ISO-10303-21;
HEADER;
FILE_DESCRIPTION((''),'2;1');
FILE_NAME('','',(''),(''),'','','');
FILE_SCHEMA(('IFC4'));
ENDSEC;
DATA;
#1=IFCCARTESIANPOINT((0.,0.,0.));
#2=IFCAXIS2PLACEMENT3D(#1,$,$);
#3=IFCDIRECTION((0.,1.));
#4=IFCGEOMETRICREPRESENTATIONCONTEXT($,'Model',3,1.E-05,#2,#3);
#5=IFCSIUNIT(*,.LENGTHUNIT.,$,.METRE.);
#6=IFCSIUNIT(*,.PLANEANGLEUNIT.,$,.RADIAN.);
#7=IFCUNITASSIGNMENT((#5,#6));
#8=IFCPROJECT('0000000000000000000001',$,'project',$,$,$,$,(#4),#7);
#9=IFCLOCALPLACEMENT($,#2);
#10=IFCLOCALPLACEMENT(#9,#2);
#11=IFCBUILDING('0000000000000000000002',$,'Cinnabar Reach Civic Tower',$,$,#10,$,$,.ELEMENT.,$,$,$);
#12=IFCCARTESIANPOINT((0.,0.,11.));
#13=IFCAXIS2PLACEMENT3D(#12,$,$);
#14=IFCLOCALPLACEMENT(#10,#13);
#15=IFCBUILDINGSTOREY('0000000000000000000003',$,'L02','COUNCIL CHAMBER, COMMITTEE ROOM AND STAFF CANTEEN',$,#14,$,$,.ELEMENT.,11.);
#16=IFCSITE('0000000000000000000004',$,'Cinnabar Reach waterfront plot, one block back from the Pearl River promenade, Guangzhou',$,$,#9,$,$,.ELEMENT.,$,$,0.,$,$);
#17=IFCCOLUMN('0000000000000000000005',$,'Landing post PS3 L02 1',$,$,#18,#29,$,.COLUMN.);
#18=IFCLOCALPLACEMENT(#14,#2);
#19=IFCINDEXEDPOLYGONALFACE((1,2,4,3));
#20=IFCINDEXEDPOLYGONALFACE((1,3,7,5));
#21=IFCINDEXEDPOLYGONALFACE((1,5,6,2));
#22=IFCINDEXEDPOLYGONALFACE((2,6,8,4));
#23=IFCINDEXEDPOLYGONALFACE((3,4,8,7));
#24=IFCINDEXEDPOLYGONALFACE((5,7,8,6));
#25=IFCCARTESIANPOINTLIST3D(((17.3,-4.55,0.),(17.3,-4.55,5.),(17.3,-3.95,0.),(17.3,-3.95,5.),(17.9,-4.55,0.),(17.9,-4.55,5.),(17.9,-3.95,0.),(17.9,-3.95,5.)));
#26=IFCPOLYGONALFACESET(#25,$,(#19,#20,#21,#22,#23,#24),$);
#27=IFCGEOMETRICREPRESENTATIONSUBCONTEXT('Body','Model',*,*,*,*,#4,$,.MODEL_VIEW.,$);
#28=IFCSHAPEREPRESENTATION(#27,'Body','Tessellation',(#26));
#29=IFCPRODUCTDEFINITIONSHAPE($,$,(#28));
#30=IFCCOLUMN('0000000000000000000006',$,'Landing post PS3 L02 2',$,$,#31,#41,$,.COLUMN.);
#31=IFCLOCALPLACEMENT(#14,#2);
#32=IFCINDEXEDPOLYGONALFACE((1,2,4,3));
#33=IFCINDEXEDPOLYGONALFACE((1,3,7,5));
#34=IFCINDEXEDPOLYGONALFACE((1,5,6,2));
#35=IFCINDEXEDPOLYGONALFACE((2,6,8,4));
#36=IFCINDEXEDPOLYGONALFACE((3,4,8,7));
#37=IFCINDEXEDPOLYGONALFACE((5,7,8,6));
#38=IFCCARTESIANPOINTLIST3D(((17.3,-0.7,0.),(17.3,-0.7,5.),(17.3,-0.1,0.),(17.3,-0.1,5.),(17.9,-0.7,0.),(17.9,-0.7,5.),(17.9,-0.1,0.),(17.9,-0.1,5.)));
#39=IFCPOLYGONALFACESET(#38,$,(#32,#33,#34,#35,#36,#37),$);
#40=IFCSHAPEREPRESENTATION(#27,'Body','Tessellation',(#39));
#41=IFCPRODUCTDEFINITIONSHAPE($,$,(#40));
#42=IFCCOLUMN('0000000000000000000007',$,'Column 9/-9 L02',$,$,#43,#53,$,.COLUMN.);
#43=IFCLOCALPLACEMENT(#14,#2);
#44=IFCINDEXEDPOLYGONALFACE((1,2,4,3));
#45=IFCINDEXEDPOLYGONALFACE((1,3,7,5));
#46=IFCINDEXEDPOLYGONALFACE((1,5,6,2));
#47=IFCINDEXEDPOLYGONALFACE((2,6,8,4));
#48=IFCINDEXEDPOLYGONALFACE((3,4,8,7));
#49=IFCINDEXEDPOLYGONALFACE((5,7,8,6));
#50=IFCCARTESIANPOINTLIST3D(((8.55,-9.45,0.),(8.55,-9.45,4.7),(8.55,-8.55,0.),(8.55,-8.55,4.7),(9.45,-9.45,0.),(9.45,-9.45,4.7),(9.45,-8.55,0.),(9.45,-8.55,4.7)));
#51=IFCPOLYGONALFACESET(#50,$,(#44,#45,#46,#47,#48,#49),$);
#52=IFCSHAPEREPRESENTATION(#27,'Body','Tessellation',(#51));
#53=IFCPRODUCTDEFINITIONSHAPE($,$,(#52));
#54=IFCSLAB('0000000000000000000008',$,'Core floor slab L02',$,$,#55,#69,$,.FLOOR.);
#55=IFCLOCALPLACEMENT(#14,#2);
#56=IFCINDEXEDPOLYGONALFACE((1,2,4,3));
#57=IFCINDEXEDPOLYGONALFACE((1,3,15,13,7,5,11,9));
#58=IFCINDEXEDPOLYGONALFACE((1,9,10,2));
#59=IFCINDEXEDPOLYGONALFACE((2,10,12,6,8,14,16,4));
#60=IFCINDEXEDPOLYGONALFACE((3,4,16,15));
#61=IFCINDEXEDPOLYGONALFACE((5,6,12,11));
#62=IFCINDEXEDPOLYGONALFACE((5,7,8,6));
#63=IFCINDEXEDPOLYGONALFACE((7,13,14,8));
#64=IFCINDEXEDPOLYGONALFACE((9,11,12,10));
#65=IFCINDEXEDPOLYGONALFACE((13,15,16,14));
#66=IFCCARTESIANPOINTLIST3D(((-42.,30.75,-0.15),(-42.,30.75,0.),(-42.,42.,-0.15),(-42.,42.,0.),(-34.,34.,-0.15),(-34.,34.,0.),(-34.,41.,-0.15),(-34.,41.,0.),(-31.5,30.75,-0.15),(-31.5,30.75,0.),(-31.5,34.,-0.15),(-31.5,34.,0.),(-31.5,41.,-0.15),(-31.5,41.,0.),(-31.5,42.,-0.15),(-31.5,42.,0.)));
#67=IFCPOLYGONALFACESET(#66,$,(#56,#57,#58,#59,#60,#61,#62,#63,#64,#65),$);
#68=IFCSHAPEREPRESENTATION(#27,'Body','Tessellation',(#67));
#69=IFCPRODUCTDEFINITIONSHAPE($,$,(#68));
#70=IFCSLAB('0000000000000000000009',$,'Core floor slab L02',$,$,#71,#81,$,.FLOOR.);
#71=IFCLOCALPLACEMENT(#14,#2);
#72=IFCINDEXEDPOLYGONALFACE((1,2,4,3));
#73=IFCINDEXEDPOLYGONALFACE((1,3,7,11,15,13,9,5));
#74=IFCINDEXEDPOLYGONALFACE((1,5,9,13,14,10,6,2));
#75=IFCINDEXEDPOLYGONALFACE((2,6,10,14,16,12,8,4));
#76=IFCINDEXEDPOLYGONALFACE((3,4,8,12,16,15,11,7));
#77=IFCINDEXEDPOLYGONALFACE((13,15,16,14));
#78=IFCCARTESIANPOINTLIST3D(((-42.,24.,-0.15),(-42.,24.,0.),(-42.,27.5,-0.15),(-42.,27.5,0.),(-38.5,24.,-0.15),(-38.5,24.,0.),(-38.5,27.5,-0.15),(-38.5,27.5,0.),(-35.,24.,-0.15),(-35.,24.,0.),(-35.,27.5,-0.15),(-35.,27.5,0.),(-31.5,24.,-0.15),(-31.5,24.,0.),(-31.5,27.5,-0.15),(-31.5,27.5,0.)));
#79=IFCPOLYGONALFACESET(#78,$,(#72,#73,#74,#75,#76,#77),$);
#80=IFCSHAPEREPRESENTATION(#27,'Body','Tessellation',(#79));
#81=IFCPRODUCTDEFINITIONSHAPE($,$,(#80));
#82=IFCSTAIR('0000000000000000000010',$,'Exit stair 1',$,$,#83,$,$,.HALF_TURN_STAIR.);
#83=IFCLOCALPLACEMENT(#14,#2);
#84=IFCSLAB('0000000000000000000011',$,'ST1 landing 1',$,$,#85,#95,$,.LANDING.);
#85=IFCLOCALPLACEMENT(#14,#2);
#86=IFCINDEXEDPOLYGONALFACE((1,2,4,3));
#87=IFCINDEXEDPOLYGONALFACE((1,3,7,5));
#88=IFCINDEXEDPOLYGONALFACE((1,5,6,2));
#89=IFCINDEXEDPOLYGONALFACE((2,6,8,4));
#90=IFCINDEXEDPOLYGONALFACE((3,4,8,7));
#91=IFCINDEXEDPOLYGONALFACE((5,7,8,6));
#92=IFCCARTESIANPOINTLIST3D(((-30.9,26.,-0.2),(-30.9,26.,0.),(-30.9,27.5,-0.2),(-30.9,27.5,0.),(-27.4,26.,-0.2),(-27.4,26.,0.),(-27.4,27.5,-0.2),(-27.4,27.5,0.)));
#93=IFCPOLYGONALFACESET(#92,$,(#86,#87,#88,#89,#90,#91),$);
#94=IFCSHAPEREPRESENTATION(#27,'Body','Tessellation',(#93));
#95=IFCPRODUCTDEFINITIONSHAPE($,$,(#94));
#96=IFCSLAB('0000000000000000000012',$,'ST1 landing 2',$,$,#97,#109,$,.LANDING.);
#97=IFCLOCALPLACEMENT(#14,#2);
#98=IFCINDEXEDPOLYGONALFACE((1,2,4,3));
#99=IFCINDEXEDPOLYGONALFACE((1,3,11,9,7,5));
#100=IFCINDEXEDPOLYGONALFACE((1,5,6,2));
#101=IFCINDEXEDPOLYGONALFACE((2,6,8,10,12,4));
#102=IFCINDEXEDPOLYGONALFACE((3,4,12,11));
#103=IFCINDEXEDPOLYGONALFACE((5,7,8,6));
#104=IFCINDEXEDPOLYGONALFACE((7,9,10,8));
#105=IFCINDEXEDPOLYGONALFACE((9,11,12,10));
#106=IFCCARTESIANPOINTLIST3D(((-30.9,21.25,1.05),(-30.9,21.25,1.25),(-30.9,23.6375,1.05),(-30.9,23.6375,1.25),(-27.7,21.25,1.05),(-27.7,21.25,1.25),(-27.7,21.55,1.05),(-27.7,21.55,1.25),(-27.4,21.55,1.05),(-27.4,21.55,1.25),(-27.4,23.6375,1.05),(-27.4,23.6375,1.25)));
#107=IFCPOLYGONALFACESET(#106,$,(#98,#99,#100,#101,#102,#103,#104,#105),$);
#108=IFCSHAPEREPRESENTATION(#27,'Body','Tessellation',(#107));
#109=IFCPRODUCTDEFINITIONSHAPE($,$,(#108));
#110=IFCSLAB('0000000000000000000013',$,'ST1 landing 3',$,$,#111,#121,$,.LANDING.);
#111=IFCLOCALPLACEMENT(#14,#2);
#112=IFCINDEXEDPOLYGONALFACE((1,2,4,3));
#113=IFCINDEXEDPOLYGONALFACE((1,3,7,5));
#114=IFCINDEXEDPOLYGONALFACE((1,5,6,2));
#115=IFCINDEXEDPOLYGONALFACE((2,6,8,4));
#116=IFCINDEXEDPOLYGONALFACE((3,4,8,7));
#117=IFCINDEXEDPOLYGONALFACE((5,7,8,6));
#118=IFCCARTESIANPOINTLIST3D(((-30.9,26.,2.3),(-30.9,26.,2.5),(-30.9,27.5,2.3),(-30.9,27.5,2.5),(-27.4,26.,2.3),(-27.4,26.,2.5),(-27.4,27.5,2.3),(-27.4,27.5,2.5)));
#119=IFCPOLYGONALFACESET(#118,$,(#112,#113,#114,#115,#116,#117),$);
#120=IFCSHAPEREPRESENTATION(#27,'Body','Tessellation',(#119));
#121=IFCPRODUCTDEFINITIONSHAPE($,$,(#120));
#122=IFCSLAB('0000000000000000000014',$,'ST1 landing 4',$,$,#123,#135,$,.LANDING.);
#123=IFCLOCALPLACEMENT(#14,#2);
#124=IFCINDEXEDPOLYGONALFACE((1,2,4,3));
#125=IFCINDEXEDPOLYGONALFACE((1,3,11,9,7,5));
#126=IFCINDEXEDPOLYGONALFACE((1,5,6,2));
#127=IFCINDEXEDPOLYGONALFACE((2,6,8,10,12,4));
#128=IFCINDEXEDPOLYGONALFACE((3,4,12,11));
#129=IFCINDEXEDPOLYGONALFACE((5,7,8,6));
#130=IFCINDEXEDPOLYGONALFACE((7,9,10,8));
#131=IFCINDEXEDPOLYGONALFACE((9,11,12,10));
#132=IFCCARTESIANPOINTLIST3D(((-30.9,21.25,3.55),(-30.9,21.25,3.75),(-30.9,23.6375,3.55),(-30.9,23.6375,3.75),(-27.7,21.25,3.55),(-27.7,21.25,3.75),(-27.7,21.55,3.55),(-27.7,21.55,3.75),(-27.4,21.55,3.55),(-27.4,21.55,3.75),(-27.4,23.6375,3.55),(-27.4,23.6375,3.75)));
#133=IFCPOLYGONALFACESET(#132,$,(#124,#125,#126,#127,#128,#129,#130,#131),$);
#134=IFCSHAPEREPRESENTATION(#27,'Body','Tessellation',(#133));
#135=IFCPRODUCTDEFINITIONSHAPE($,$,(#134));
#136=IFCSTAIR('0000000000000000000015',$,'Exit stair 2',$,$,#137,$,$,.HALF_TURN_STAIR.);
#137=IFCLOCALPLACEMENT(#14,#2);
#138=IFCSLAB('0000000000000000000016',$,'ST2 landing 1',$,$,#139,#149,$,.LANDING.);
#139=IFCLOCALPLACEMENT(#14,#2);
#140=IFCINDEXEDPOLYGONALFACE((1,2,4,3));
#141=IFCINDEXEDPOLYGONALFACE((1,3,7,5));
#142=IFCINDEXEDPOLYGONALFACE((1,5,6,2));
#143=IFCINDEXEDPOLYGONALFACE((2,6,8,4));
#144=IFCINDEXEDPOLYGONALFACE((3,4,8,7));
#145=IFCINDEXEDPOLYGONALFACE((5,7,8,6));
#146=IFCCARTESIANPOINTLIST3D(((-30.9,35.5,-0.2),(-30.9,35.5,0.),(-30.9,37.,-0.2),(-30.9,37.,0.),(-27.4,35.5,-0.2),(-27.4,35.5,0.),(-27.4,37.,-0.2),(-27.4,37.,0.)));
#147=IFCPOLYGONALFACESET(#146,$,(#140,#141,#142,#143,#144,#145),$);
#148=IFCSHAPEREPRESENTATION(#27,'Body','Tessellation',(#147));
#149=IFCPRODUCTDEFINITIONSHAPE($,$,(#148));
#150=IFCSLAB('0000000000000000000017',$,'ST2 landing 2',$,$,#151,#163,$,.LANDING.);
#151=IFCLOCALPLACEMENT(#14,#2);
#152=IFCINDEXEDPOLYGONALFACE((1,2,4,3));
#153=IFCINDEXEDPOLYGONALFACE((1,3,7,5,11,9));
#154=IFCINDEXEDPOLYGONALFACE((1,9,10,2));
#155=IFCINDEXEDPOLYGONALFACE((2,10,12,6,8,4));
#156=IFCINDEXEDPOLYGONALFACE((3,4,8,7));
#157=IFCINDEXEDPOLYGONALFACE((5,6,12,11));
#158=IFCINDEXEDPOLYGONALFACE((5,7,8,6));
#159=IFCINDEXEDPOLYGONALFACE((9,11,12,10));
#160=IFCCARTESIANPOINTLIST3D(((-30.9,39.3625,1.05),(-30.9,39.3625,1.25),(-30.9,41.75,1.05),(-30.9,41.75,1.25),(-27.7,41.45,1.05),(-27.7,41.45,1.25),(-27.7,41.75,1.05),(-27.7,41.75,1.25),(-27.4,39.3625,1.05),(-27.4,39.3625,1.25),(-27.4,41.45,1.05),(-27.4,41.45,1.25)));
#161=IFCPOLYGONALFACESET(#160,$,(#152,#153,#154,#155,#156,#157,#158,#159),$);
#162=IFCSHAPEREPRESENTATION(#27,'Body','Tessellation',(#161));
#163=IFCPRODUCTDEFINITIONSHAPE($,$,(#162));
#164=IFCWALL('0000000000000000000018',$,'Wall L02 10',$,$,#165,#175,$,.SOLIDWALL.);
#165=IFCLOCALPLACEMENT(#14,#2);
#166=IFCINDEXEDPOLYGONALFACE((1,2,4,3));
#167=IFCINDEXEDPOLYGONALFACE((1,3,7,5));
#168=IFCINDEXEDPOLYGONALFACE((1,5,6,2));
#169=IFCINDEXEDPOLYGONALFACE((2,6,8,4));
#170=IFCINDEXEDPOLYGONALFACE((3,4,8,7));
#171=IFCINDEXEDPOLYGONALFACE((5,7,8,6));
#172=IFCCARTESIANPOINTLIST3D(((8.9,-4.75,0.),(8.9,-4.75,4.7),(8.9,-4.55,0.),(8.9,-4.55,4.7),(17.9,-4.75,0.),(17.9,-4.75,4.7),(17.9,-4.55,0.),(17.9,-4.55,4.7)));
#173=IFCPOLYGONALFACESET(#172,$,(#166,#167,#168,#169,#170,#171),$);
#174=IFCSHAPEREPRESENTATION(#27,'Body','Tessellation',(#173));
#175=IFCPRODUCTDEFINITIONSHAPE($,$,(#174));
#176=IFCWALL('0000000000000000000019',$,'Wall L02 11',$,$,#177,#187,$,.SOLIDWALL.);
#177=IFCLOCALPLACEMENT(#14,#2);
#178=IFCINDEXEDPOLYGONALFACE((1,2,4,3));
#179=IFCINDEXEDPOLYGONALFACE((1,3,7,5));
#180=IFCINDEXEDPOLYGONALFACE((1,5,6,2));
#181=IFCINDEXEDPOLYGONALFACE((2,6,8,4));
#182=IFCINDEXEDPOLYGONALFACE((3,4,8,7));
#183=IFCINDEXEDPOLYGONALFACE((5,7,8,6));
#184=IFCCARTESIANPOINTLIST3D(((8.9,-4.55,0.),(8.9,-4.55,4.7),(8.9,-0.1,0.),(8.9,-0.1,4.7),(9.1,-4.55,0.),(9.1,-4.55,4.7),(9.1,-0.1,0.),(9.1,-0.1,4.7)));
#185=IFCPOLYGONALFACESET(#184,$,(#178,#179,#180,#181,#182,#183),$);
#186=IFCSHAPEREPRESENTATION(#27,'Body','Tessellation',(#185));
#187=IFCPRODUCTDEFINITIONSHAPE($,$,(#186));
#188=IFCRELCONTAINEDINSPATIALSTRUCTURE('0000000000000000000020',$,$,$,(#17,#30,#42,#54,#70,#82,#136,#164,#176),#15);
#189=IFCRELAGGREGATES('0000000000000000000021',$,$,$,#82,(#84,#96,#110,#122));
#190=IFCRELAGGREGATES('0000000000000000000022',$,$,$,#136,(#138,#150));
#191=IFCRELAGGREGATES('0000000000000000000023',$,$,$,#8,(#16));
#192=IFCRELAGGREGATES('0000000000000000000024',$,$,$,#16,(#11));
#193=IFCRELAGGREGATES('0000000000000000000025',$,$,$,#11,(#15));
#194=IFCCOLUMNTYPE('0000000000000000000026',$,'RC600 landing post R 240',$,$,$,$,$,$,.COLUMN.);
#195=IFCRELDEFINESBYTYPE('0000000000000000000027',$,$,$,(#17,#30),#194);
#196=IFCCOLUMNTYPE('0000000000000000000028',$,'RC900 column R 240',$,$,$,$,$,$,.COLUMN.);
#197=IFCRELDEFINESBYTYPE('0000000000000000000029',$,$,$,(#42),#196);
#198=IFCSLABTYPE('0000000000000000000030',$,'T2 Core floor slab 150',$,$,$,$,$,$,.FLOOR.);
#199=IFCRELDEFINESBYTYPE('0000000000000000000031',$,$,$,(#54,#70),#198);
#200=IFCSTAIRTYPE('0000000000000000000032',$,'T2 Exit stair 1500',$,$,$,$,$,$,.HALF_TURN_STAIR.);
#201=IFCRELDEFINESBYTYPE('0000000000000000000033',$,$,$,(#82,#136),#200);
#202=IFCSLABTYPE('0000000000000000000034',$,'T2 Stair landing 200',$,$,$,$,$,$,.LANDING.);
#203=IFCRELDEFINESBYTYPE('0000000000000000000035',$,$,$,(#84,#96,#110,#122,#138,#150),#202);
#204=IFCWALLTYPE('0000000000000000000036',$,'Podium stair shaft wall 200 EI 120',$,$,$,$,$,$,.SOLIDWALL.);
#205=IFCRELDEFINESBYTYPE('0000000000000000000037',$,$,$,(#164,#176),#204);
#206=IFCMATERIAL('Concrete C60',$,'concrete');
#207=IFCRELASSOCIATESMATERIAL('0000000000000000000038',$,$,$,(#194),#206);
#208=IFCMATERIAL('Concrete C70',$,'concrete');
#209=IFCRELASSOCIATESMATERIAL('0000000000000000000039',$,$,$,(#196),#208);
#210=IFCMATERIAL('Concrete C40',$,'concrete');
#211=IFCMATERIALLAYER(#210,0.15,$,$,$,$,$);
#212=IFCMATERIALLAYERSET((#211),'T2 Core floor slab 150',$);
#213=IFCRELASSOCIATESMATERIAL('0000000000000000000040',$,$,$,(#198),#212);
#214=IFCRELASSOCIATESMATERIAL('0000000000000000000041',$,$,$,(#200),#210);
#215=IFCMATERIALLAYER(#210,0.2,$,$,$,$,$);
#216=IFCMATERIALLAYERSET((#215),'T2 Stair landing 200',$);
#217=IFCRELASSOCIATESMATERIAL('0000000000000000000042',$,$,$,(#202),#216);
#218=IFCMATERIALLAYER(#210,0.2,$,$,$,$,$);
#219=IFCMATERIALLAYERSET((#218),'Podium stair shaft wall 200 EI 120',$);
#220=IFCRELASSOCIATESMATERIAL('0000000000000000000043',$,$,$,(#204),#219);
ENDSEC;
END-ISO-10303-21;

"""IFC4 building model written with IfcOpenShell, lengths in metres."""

from ifc_helpers import new_model, si_unit, direction, frame, frame_2d, origin, origin_2d, place, context, subcontext, project, spatial, polyline, rectangle, outline, extrude, material, layer, layer_set, material_profile, profile_set, type_object, element, aggregate, save


model = new_model("IFC4")

# Units and contexts
model_context = context("Model", 3, precision=1e-05, world=origin(), true_north=direction((0.0, 1.0)))
body_context = subcontext(model_context, "Body", "Model", "MODEL_VIEW")
ifc_project = project(units=[si_unit("LENGTHUNIT", "METRE"), si_unit("PLANEANGLEUNIT", "RADIAN")], contexts=[model_context])

# Site, building, storey
site_placement = place(None, origin())
site = spatial("IfcSite", under=ifc_project, at=site_placement, Name="Cinnabar Reach waterfront plot, one block back from the Pearl River promenade, Guangzhou", CompositionType="ELEMENT", RefElevation=0.0)
building_placement = place(site_placement, origin())
building = spatial("IfcBuilding", under=site, at=building_placement, Name="Cinnabar Reach Civic Tower", CompositionType="ELEMENT")
storey_placement = place(building_placement, frame((0.0, 0.0, 11.0)))
storey = spatial("IfcBuildingStorey", under=building, at=storey_placement, Name="L02", Description="COUNCIL CHAMBER, COMMITTEE ROOM AND STAFF CANTEEN", CompositionType="ELEMENT", Elevation=11.0)

# Columns
ifc_material_1 = material(Name="Concrete C60", Category="concrete")
ifc_material_profile_1 = material_profile(ifc_material_1, rectangle(XDim=0.6, YDim=0.6, at=origin_2d()), Name="RC600")
ifc_profile_set_1 = profile_set([ifc_material_profile_1], Name="Concrete C60")
column_type_1 = type_object("IfcColumnType", Name="RC600 landing post R 240", PredefinedType="COLUMN", material=ifc_profile_set_1)
for number, where, z_axis, x_axis, name in (
    (1, (17.6, -4.25, 0.0), (0.0, 0.0, 1.0), (1.0, 0.0, 0.0), "Landing post PS3 L02 1"),
    (2, (17.6, -0.4, 0.0), (0.0, 0.0, 1.0), (1.0, 0.0, 0.0), "Landing post PS3 L02 2"),
):
    element("IfcColumn", number, at=place(storey_placement, frame(where, z_axis=z_axis, x_axis=x_axis)), inside=storey, type_object=column_type_1, Name=name, PredefinedType="COLUMN", context=body_context, shape_type="SweptSolid", body=[
        extrude(rectangle(XDim=0.6, YDim=0.6, at=origin_2d()), origin(), (0.0, 0.0, 1.0), 5.0),
    ])
ifc_material_2 = material(Name="Concrete C70", Category="concrete")
ifc_material_profile_2 = material_profile(ifc_material_2, rectangle(XDim=0.9, YDim=0.9, at=origin_2d()), Name="RC900")
ifc_profile_set_2 = profile_set([ifc_material_profile_2], Name="Concrete C70")
column_type_2 = type_object("IfcColumnType", Name="RC900 column R 240", PredefinedType="COLUMN", material=ifc_profile_set_2)
column_placement = place(storey_placement, frame((9.0, -9.0, 0.0), z_axis=(0.0, 0.0, 1.0), x_axis=(1.0, 0.0, 0.0)))
element("IfcColumn", 3, at=column_placement, inside=storey, type_object=column_type_2, Name="Column 9/-9 L02", PredefinedType="COLUMN", context=body_context, shape_type="SweptSolid", body=[
    extrude(rectangle(XDim=0.9, YDim=0.9, at=origin_2d()), origin(), (0.0, 0.0, 1.0), 4.7),
])

# Slabs
ifc_material_3 = material(Name="Concrete C40", Category="concrete")
ifc_layer_1 = layer(ifc_material_3, 0.15)
ifc_layer_set_1 = layer_set([ifc_layer_1], Name="T2 Core floor slab 150")
slab_type_1 = type_object("IfcSlabType", Name="T2 Core floor slab 150", PredefinedType="FLOOR", material=ifc_layer_set_1)
slab_1_placement = place(storey_placement, frame((0.0, 0.0, -0.15)))
element("IfcSlab", 4, at=slab_1_placement, inside=storey, type_object=slab_type_1, Name="Core floor slab L02", PredefinedType="FLOOR", context=body_context, shape_type="SweptSolid", body=[
    extrude(outline(polyline([(-42.0, 42.0), (-31.5, 42.0), (-31.5, 41.0), (-34.0, 41.0), (-34.0, 34.0), (-31.5, 34.0), (-31.5, 30.75), (-42.0, 30.75), (-42.0, 42.0)])), origin(), (0.0, 0.0, 1.0), 0.15),
])
slab_2_placement = place(storey_placement, frame((0.0, 0.0, -0.15)))
element("IfcSlab", 5, at=slab_2_placement, inside=storey, type_object=slab_type_1, Name="Core floor slab L02", PredefinedType="FLOOR", context=body_context, shape_type="SweptSolid", body=[
    extrude(outline(polyline([(-35.0, 24.0), (-38.5, 24.0), (-42.0, 24.0), (-42.0, 27.5), (-38.5, 27.5), (-35.0, 27.5), (-31.5, 27.5), (-31.5, 24.0), (-35.0, 24.0)])), origin(), (0.0, 0.0, 1.0), 0.15),
])

# Stairs, slabs
stair_type_1 = type_object("IfcStairType", Name="T2 Exit stair 1500", PredefinedType="HALF_TURN_STAIR", material=ifc_material_3)
stair_1_placement = place(storey_placement, origin())
stair_1 = element("IfcStair", 6, at=stair_1_placement, inside=storey, type_object=stair_type_1, Name="Exit stair 1", PredefinedType="HALF_TURN_STAIR")
ifc_layer_2 = layer(ifc_material_3, 0.2)
ifc_layer_set_2 = layer_set([ifc_layer_2], Name="T2 Stair landing 200")
slab_type_2 = type_object("IfcSlabType", Name="T2 Stair landing 200", PredefinedType="LANDING", material=ifc_layer_set_2)
slab_3_placement = place(storey_placement, frame((0.0, 0.0, -0.2)))
slab_3 = element("IfcSlab", 7, at=slab_3_placement, type_object=slab_type_2, Name="ST1 landing 1", PredefinedType="LANDING", context=body_context, shape_type="SweptSolid", body=[
    extrude(outline(polyline([(-30.9, 26.0), (-30.9, 27.5), (-27.4, 27.5), (-27.4, 26.0), (-30.9, 26.0)])), origin(), (0.0, 0.0, 1.0), 0.2),
])
slab_4_placement = place(storey_placement, frame((0.0, 0.0, 1.05)))
slab_4 = element("IfcSlab", 8, at=slab_4_placement, type_object=slab_type_2, Name="ST1 landing 2", PredefinedType="LANDING", context=body_context, shape_type="SweptSolid", body=[
    extrude(outline(polyline([(-30.9, 21.25), (-30.9, 23.6375), (-27.4, 23.6375), (-27.4, 21.55), (-27.7, 21.55), (-27.7, 21.25), (-30.9, 21.25)])), origin(), (0.0, 0.0, 1.0), 0.2),
])
slab_5_placement = place(storey_placement, frame((0.0, 0.0, 2.3)))
slab_5 = element("IfcSlab", 9, at=slab_5_placement, type_object=slab_type_2, Name="ST1 landing 3", PredefinedType="LANDING", context=body_context, shape_type="SweptSolid", body=[
    extrude(outline(polyline([(-30.9, 26.0), (-30.9, 27.5), (-27.4, 27.5), (-27.4, 26.0), (-30.9, 26.0)])), origin(), (0.0, 0.0, 1.0), 0.2),
])
slab_6_placement = place(storey_placement, frame((0.0, 0.0, 3.55)))
slab_6 = element("IfcSlab", 10, at=slab_6_placement, type_object=slab_type_2, Name="ST1 landing 4", PredefinedType="LANDING", context=body_context, shape_type="SweptSolid", body=[
    extrude(outline(polyline([(-30.9, 21.25), (-30.9, 23.6375), (-27.4, 23.6375), (-27.4, 21.55), (-27.7, 21.55), (-27.7, 21.25), (-30.9, 21.25)])), origin(), (0.0, 0.0, 1.0), 0.2),
])
aggregate(stair_1, [slab_3, slab_4, slab_5, slab_6])
stair_2_placement = place(storey_placement, origin())
stair_2 = element("IfcStair", 11, at=stair_2_placement, inside=storey, type_object=stair_type_1, Name="Exit stair 2", PredefinedType="HALF_TURN_STAIR")
slab_7_placement = place(storey_placement, frame((0.0, 0.0, -0.2)))
slab_7 = element("IfcSlab", 12, at=slab_7_placement, type_object=slab_type_2, Name="ST2 landing 1", PredefinedType="LANDING", context=body_context, shape_type="SweptSolid", body=[
    extrude(outline(polyline([(-30.9, 35.5), (-30.9, 37.0), (-27.4, 37.0), (-27.4, 35.5), (-30.9, 35.5)])), origin(), (0.0, 0.0, 1.0), 0.2),
])
slab_8_placement = place(storey_placement, frame((0.0, 0.0, 1.05)))
slab_8 = element("IfcSlab", 13, at=slab_8_placement, type_object=slab_type_2, Name="ST2 landing 2", PredefinedType="LANDING", context=body_context, shape_type="SweptSolid", body=[
    extrude(outline(polyline([(-27.4, 39.3625), (-30.9, 39.3625), (-30.9, 41.75), (-27.7, 41.75), (-27.7, 41.45), (-27.4, 41.45), (-27.4, 39.3625)])), origin(), (0.0, 0.0, 1.0), 0.2),
])
aggregate(stair_2, [slab_7, slab_8])

# Walls
ifc_layer_3 = layer(ifc_material_3, 0.2)
ifc_layer_set_3 = layer_set([ifc_layer_3], Name="Podium stair shaft wall 200 EI 120")
wall_type = type_object("IfcWallType", Name="Podium stair shaft wall 200 EI 120", PredefinedType="SOLIDWALL", material=ifc_layer_set_3)
wall_1_placement = place(storey_placement, frame((8.9, -4.65, 0.0), z_axis=(0.0, 0.0, 1.0), x_axis=(1.0, 0.0, 0.0)))
element("IfcWall", 14, at=wall_1_placement, inside=storey, type_object=wall_type, Name="Wall L02 10", PredefinedType="SOLIDWALL", context=body_context, shape_type="SweptSolid", body=[
    extrude(rectangle(XDim=9.0, YDim=0.2, at=frame_2d((4.5, 0.0))), origin(), (0.0, 0.0, 1.0), 4.7),
])
wall_2_placement = place(storey_placement, frame((9.0, -4.55, 0.0), z_axis=(0.0, 0.0, 1.0), x_axis=(0.0, 1.0, 0.0)))
element("IfcWall", 15, at=wall_2_placement, inside=storey, type_object=wall_type, Name="Wall L02 11", PredefinedType="SOLIDWALL", context=body_context, shape_type="SweptSolid", body=[
    extrude(rectangle(XDim=4.45, YDim=0.2, at=frame_2d((2.225, 0.0))), origin(), (0.0, 0.0, 1.0), 4.7),
])

save(model, "model.ifc")
